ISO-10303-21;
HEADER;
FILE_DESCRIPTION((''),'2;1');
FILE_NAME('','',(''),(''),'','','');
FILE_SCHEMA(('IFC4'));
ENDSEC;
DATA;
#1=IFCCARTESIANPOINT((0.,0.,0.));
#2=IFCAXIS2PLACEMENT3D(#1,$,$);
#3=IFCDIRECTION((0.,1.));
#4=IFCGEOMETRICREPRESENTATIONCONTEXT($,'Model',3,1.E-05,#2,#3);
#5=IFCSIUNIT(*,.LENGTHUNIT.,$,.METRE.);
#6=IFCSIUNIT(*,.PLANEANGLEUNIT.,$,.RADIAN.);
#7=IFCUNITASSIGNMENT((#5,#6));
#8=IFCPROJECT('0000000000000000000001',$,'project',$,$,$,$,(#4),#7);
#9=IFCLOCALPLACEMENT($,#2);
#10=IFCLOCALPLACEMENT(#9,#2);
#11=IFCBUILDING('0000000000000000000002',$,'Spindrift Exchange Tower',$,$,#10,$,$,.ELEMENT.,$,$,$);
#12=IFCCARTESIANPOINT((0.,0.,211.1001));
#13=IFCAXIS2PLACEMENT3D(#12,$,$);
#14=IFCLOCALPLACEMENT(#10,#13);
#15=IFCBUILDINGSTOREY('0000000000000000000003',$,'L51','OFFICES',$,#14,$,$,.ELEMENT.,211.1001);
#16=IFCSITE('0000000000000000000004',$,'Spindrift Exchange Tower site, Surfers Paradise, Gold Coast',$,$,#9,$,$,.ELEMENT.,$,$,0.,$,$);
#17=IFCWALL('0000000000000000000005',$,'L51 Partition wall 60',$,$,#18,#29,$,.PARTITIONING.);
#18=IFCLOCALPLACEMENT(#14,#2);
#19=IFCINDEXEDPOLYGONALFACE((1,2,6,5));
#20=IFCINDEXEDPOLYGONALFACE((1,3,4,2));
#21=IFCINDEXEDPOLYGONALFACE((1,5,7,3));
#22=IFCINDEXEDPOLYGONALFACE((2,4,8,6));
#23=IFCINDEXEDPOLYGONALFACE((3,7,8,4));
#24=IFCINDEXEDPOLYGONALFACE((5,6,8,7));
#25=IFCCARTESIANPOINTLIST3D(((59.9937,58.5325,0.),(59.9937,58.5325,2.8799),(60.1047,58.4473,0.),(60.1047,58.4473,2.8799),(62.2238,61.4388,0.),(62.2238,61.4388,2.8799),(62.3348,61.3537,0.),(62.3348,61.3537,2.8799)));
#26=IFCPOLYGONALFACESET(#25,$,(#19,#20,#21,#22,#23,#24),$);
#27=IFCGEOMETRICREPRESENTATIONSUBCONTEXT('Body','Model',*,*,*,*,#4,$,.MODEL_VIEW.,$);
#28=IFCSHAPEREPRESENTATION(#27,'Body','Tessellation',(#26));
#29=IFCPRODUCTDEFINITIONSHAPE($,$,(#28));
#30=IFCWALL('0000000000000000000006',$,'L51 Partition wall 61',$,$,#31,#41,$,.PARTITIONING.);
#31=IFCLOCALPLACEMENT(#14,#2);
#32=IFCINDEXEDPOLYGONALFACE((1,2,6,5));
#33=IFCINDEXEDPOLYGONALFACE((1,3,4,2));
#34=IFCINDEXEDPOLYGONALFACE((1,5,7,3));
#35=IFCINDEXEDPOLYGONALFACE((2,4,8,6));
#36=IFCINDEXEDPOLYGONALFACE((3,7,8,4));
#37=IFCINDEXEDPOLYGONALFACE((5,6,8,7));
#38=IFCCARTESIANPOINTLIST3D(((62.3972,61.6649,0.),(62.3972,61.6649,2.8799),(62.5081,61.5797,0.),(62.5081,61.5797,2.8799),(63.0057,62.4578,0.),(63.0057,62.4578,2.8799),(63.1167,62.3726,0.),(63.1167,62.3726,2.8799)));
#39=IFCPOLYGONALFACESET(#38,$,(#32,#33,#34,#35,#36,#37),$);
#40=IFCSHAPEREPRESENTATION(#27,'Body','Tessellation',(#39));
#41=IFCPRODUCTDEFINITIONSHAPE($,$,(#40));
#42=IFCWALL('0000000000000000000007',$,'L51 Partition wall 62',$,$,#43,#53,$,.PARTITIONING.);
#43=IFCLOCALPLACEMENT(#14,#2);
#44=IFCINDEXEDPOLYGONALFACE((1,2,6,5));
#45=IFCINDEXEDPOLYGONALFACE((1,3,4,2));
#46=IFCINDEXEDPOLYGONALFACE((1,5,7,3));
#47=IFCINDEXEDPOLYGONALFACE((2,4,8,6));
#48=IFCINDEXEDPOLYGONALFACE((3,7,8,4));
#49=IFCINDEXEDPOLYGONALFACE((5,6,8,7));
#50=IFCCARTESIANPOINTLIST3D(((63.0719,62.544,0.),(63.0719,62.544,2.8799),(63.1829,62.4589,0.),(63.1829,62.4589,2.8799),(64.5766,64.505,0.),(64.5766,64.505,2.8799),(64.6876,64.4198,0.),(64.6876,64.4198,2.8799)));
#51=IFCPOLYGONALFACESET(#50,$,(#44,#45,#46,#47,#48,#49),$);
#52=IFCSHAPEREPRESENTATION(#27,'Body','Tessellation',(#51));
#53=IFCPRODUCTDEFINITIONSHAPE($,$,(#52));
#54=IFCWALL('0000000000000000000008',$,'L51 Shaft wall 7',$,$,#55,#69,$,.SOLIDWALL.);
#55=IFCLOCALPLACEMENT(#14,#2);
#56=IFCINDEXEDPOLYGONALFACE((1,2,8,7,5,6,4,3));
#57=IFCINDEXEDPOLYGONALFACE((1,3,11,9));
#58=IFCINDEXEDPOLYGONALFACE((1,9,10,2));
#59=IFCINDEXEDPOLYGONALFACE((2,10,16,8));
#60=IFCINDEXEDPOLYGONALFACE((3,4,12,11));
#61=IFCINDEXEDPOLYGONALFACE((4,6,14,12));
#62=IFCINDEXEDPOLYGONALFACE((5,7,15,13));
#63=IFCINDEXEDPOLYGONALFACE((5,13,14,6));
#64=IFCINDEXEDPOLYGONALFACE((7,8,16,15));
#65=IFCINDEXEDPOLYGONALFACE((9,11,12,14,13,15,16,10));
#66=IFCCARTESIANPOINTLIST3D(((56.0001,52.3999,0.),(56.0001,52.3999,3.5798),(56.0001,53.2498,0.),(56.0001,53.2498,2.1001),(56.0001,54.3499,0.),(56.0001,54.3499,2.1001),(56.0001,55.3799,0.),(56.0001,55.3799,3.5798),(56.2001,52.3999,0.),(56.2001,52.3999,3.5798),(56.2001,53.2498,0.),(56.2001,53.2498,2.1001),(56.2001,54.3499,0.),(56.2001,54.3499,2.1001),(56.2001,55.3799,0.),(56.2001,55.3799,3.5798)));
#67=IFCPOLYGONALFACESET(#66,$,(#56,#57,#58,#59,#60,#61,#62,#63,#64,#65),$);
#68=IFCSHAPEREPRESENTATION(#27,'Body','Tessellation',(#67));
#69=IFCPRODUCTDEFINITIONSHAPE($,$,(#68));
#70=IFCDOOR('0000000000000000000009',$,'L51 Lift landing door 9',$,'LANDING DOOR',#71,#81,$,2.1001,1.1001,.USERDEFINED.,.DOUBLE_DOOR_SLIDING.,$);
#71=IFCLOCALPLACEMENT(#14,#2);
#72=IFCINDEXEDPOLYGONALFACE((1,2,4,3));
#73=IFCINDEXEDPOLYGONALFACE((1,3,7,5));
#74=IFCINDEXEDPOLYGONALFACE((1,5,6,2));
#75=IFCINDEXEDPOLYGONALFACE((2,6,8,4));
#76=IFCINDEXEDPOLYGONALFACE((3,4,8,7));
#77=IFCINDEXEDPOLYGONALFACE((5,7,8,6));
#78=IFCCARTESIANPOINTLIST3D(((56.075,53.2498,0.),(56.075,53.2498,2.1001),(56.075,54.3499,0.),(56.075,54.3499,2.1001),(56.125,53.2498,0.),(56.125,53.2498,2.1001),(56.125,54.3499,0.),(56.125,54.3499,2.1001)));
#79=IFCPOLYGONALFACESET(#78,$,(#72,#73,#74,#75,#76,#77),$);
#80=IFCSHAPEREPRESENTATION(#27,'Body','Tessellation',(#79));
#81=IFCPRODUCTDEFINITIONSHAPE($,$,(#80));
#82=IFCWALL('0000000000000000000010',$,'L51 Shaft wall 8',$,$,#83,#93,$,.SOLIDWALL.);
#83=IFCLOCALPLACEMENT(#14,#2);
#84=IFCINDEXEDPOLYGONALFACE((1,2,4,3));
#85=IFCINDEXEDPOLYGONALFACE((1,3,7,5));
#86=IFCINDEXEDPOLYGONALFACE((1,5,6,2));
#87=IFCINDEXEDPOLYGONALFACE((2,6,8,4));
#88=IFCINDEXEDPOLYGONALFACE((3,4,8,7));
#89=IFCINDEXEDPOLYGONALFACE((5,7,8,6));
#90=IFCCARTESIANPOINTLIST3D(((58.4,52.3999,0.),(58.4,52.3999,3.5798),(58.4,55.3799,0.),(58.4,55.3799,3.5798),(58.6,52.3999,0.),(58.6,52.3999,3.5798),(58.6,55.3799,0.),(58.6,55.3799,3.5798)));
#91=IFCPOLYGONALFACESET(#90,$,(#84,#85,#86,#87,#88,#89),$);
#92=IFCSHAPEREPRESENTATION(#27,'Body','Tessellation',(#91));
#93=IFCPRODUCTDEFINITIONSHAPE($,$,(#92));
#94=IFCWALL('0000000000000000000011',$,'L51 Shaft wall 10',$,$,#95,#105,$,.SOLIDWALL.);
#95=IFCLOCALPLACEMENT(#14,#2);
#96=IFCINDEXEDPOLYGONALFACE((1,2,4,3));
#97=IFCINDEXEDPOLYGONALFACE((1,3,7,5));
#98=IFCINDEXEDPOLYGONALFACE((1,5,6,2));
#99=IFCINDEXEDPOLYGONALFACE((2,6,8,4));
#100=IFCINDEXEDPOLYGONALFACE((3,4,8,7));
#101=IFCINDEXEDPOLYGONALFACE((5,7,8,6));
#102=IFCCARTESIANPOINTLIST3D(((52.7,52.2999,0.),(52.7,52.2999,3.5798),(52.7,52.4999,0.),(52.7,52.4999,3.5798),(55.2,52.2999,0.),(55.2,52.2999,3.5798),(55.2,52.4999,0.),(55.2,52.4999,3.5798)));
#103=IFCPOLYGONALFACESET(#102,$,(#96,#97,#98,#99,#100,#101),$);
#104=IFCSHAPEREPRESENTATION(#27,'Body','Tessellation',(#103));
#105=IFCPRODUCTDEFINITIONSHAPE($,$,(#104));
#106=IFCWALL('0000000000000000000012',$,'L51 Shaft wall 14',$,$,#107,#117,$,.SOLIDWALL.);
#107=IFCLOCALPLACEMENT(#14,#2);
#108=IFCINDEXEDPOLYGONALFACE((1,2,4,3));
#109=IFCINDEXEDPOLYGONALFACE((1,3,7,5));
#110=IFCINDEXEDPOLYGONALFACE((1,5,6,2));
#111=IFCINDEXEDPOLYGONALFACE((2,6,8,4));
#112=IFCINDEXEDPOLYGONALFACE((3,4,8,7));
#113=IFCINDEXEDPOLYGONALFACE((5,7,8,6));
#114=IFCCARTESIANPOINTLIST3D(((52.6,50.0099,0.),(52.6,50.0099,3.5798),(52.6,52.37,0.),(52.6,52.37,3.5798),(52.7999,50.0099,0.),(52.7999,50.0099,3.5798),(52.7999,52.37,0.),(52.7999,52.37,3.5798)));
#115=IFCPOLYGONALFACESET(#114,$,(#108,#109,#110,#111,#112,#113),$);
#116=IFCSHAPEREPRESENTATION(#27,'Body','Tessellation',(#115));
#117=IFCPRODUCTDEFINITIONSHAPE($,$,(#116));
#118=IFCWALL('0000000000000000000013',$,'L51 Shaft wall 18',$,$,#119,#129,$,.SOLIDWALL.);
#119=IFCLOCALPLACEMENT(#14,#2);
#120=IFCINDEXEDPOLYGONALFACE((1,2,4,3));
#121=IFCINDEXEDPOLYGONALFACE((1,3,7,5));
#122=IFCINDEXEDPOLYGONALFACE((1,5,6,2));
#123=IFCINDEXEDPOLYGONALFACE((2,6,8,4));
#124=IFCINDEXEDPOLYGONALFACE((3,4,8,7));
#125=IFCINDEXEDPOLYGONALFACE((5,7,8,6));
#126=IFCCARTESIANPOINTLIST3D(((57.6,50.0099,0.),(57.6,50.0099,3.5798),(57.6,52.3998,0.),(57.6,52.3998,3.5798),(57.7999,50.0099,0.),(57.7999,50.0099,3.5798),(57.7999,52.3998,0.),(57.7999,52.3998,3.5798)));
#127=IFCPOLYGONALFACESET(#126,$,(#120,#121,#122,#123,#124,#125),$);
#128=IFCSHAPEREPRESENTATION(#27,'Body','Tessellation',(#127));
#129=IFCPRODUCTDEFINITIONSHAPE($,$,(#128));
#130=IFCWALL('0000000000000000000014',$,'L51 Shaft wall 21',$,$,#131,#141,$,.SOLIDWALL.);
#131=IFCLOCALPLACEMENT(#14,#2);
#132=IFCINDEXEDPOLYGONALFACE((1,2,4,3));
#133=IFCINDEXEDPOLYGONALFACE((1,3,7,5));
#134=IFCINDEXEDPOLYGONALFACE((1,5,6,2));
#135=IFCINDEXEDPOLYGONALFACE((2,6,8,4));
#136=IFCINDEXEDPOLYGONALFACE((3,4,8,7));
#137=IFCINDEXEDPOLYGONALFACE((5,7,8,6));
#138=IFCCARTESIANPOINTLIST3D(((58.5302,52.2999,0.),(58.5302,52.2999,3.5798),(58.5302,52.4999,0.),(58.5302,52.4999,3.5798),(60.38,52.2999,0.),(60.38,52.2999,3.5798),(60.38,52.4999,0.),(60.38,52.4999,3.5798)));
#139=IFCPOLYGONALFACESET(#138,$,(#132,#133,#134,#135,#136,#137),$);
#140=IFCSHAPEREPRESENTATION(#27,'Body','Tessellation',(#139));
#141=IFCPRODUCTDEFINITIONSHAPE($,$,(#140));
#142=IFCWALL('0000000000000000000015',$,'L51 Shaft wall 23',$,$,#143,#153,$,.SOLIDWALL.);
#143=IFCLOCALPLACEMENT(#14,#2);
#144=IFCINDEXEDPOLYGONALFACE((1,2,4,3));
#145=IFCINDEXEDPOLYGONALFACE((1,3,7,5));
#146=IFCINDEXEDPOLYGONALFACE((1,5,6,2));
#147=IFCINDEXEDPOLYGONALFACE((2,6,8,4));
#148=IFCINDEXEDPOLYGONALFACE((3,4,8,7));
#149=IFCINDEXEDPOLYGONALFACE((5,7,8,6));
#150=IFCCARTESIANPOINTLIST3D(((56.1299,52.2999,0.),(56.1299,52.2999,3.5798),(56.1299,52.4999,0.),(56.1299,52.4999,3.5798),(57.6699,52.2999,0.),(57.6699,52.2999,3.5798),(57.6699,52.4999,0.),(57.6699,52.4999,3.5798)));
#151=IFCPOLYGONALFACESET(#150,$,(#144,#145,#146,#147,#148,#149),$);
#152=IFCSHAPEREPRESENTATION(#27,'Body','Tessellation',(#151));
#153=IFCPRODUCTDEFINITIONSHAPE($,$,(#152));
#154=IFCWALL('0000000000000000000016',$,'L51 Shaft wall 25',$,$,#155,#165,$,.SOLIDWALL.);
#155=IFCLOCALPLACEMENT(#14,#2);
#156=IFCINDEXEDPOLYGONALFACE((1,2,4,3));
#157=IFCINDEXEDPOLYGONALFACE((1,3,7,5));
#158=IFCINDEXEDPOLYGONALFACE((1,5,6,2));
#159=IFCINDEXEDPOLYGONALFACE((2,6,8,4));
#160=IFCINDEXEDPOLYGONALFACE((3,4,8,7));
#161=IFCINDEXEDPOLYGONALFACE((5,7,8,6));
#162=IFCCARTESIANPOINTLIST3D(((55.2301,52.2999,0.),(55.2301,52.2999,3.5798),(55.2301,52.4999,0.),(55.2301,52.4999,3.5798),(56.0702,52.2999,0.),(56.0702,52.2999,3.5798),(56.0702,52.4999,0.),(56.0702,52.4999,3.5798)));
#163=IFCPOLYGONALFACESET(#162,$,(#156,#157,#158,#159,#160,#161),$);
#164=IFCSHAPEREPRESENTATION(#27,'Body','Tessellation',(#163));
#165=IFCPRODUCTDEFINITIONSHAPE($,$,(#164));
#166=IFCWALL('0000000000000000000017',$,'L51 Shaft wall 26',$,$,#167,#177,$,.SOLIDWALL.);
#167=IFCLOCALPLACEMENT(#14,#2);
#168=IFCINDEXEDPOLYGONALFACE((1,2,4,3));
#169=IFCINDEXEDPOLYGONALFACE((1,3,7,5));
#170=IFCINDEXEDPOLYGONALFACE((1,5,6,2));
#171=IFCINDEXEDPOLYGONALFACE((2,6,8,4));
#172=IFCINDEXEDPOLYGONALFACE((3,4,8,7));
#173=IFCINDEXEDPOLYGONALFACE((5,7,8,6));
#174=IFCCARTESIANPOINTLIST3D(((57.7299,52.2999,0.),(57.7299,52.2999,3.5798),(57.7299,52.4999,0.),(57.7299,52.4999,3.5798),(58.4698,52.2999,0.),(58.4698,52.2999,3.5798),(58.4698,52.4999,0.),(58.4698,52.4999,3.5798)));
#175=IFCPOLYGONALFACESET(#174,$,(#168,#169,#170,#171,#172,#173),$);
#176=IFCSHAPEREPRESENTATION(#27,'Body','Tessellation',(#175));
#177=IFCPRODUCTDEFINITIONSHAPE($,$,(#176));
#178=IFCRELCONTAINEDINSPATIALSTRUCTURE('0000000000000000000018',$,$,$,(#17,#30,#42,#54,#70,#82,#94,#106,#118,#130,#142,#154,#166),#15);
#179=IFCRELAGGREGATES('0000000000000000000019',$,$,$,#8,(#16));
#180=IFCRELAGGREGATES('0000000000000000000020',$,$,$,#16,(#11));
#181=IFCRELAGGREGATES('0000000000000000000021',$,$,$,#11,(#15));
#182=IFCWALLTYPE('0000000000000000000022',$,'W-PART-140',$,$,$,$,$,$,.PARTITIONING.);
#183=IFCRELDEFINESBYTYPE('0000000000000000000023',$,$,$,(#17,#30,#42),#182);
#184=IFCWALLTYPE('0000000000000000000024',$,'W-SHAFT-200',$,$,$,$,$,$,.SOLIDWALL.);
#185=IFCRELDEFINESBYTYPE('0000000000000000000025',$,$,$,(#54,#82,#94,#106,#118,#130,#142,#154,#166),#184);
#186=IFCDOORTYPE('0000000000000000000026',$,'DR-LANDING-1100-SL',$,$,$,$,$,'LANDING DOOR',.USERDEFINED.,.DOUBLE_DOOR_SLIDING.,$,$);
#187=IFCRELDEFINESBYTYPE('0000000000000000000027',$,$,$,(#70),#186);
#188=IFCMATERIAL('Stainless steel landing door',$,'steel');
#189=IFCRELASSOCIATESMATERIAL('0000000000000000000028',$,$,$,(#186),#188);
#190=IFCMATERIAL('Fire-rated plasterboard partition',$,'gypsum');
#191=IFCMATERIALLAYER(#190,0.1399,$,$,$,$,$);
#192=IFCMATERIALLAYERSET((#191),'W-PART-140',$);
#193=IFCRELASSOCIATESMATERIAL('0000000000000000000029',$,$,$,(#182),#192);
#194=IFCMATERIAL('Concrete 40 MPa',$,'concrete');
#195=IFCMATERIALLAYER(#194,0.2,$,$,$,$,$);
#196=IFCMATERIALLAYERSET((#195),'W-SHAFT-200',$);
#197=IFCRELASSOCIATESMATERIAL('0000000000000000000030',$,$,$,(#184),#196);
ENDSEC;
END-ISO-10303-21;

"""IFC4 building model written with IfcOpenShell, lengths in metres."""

from ifc_helpers import new_model, si_unit, direction, frame, frame_2d, origin, place, context, subcontext, project, spatial, rectangle, extrude, source, transform, mapped, material, layer, layer_set, type_object, element, fill, save


model = new_model("IFC4")

# Units and contexts
model_context = context("Model", 3, precision=1e-05, world=origin(), true_north=direction((0.0, 1.0)))
body_context = subcontext(model_context, "Body", "Model", "MODEL_VIEW")
ifc_project = project(units=[si_unit("LENGTHUNIT", "METRE"), si_unit("PLANEANGLEUNIT", "RADIAN")], contexts=[model_context])

# Site, building, storey
site_placement = place(None, origin())
site = spatial("IfcSite", under=ifc_project, at=site_placement, Name="Spindrift Exchange Tower site, Surfers Paradise, Gold Coast", CompositionType="ELEMENT", RefElevation=0.0)
building_placement = place(site_placement, origin())
building = spatial("IfcBuilding", under=site, at=building_placement, Name="Spindrift Exchange Tower", CompositionType="ELEMENT")
storey_placement = place(building_placement, frame((0.0, 0.0, 211.1001)))
storey = spatial("IfcBuildingStorey", under=building, at=storey_placement, Name="L51", Description="OFFICES", CompositionType="ELEMENT", Elevation=211.1001)

# Shared definitions
ifc_material_1 = material(Name="Stainless steel landing door", Category="steel")
door_type_1 = type_object("IfcDoorType", Name="DR-LANDING-1100-SL", ElementType="LANDING DOOR", OperationType="DOUBLE_DOOR_SLIDING", PredefinedType="USERDEFINED", material=ifc_material_1)
shared_shape_1 = source(origin(), body_context, "Body", "SweptSolid", [
    extrude(rectangle(XDim=1.1001, YDim=2.1001, at=frame_2d((0.55, 1.05))), frame((0.0, 0.0249, 0.0), z_axis=(0.0, -1.0, 0.0), x_axis=(1.0, 0.0, 0.0)), (0.0, 0.0, 1.0), 0.05),
])

# Shared definitions
ifc_material_2 = material(Name="Fire-rated plasterboard partition", Category="gypsum")
ifc_layer_1 = layer(ifc_material_2, 0.1399)
ifc_layer_set_1 = layer_set([ifc_layer_1], Name="W-PART-140")
wall_type_1 = type_object("IfcWallType", Name="W-PART-140", PredefinedType="PARTITIONING", material=ifc_layer_set_1)

# Walls
wall_1_placement = place(storey_placement, frame((60.0493, 58.49, 0.0), z_axis=(0.0, 0.0, 1.0), x_axis=(0.608751, 0.793362, 0.0)))
element("IfcWall", 1, at=wall_1_placement, inside=storey, type_object=wall_type_1, Name="L51 Partition wall 60", PredefinedType="PARTITIONING", context=body_context, shape_type="SweptSolid", body=[
    extrude(rectangle(XDim=3.6633, YDim=0.1399, at=frame_2d((1.8315, 0.0))), origin(), (0.0, 0.0, 1.0), 2.8799),
])
wall_2_placement = place(storey_placement, frame((62.4526, 61.6223, 0.0), z_axis=(0.0, 0.0, 1.0), x_axis=(0.608872, 0.793268, 0.0)))
element("IfcWall", 2, at=wall_2_placement, inside=storey, type_object=wall_type_1, Name="L51 Partition wall 61", PredefinedType="PARTITIONING", context=body_context, shape_type="SweptSolid", body=[
    extrude(rectangle(XDim=0.9995, YDim=0.1399, at=frame_2d((0.4998, 0.0))), origin(), (0.0, 0.0, 1.0), 2.8799),
])
wall_3_placement = place(storey_placement, frame((63.1274, 62.5015, 0.0), z_axis=(0.0, 0.0, 1.0), x_axis=(0.608751, 0.793361, 0.0)))
element("IfcWall", 3, at=wall_3_placement, inside=storey, type_object=wall_type_1, Name="L51 Partition wall 62", PredefinedType="PARTITIONING", context=body_context, shape_type="SweptSolid", body=[
    extrude(rectangle(XDim=2.4717, YDim=0.1399, at=frame_2d((1.2358, 0.0))), origin(), (0.0, 0.0, 1.0), 2.8799),
])

# Wall, opening, door
ifc_material_3 = material(Name="Concrete 40 MPa", Category="concrete")
ifc_layer_2 = layer(ifc_material_3, 0.2)
ifc_layer_set_2 = layer_set([ifc_layer_2], Name="W-SHAFT-200")
wall_type_2 = type_object("IfcWallType", Name="W-SHAFT-200", PredefinedType="SOLIDWALL", material=ifc_layer_set_2)
wall_4_placement = place(storey_placement, frame((56.1001, 55.3799, 0.0), z_axis=(0.0, 0.0, 1.0), x_axis=(0.0, -1.0, 0.0)))
wall_4 = element("IfcWall", 4, at=wall_4_placement, inside=storey, type_object=wall_type_2, Name="L51 Shaft wall 7", PredefinedType="SOLIDWALL", context=body_context, shape_type="SweptSolid", body=[
    extrude(rectangle(XDim=2.98, YDim=0.2, at=frame_2d((1.49, 0.0))), origin(), (0.0, 0.0, 1.0), 3.5798),
])
opening_1_placement = place(wall_4_placement, frame((1.03, 0.0, 0.0)))
opening_1 = element("IfcOpeningElement", 5, at=opening_1_placement, cuts=wall_4, PredefinedType="OPENING", context=body_context, shape_type="SweptSolid", body=[
    extrude(rectangle(XDim=1.1001, YDim=2.1001, at=frame_2d((0.55, 1.05))), frame((0.0, 0.1099, 0.0), z_axis=(0.0, -1.0, 0.0), x_axis=(1.0, 0.0, 0.0)), (0.0, 0.0, 1.0), 0.22),
])
door_1_placement = place(opening_1_placement, origin())
door_1 = element("IfcDoor", 6, at=door_1_placement, inside=storey, type_object=door_type_1, Name="L51 Lift landing door 9", ObjectType="LANDING DOOR", OperationType="DOUBLE_DOOR_SLIDING", OverallHeight=2.1001, OverallWidth=1.1001, PredefinedType="USERDEFINED", context=body_context, shape_type="MappedRepresentation", body=[
    mapped(shared_shape_1, transform((0.0, 0.0, 0.0), scale=1.0)),
])
fill(opening_1, door_1)

# Walls
wall_5_placement = place(storey_placement, frame((58.5, 52.3999, 0.0), z_axis=(0.0, 0.0, 1.0), x_axis=(0.0, 1.0, 0.0)))
element("IfcWall", 7, at=wall_5_placement, inside=storey, type_object=wall_type_2, Name="L51 Shaft wall 8", PredefinedType="SOLIDWALL", context=body_context, shape_type="SweptSolid", body=[
    extrude(rectangle(XDim=2.98, YDim=0.2, at=frame_2d((1.49, 0.0))), origin(), (0.0, 0.0, 1.0), 3.5798),
])
wall_6_placement = place(storey_placement, frame((55.2, 52.3999, 0.0), z_axis=(0.0, 0.0, 1.0), x_axis=(-1.0, 0.0, 0.0)))
element("IfcWall", 8, at=wall_6_placement, inside=storey, type_object=wall_type_2, Name="L51 Shaft wall 10", PredefinedType="SOLIDWALL", context=body_context, shape_type="SweptSolid", body=[
    extrude(rectangle(XDim=2.5, YDim=0.2, at=frame_2d((1.25, 0.0))), origin(), (0.0, 0.0, 1.0), 3.5798),
])
wall_7_placement = place(storey_placement, frame((52.7, 52.3701, 0.0), z_axis=(0.0, 0.0, 1.0), x_axis=(0.0, -1.0, 0.0)))
element("IfcWall", 9, at=wall_7_placement, inside=storey, type_object=wall_type_2, Name="L51 Shaft wall 14", PredefinedType="SOLIDWALL", context=body_context, shape_type="SweptSolid", body=[
    extrude(rectangle(XDim=2.3601, YDim=0.2, at=frame_2d((1.1802, 0.0))), origin(), (0.0, 0.0, 1.0), 3.5798),
])
wall_8_placement = place(storey_placement, frame((57.7, 50.01, 0.0), z_axis=(0.0, 0.0, 1.0), x_axis=(0.0, 1.0, 0.0)))
element("IfcWall", 10, at=wall_8_placement, inside=storey, type_object=wall_type_2, Name="L51 Shaft wall 18", PredefinedType="SOLIDWALL", context=body_context, shape_type="SweptSolid", body=[
    extrude(rectangle(XDim=2.3899, YDim=0.2, at=frame_2d((1.1948, 0.0))), origin(), (0.0, 0.0, 1.0), 3.5798),
])
wall_9_placement = place(storey_placement, frame((60.3799, 52.3999, 0.0), z_axis=(0.0, 0.0, 1.0), x_axis=(-1.0, 0.0, 0.0)))
element("IfcWall", 11, at=wall_9_placement, inside=storey, type_object=wall_type_2, Name="L51 Shaft wall 21", PredefinedType="SOLIDWALL", context=body_context, shape_type="SweptSolid", body=[
    extrude(rectangle(XDim=1.8499, YDim=0.2, at=frame_2d((0.9248, 0.0))), origin(), (0.0, 0.0, 1.0), 3.5798),
])
wall_10_placement = place(storey_placement, frame((57.6699, 52.3999, 0.0), z_axis=(0.0, 0.0, 1.0), x_axis=(-1.0, 0.0, 0.0)))
element("IfcWall", 12, at=wall_10_placement, inside=storey, type_object=wall_type_2, Name="L51 Shaft wall 23", PredefinedType="SOLIDWALL", context=body_context, shape_type="SweptSolid", body=[
    extrude(rectangle(XDim=1.54, YDim=0.2, at=frame_2d((0.77, 0.0))), origin(), (0.0, 0.0, 1.0), 3.5798),
])
wall_11_placement = place(storey_placement, frame((56.0701, 52.3999, 0.0), z_axis=(0.0, 0.0, 1.0), x_axis=(-1.0, 0.0, 0.0)))
element("IfcWall", 13, at=wall_11_placement, inside=storey, type_object=wall_type_2, Name="L51 Shaft wall 25", PredefinedType="SOLIDWALL", context=body_context, shape_type="SweptSolid", body=[
    extrude(rectangle(XDim=0.8401, YDim=0.2, at=frame_2d((0.4199, 0.0))), origin(), (0.0, 0.0, 1.0), 3.5798),
])
wall_12_placement = place(storey_placement, frame((58.47, 52.3999, 0.0), z_axis=(0.0, 0.0, 1.0), x_axis=(-1.0, 0.0, 0.0)))
element("IfcWall", 14, at=wall_12_placement, inside=storey, type_object=wall_type_2, Name="L51 Shaft wall 26", PredefinedType="SOLIDWALL", context=body_context, shape_type="SweptSolid", body=[
    extrude(rectangle(XDim=0.74, YDim=0.2, at=frame_2d((0.3701, 0.0))), origin(), (0.0, 0.0, 1.0), 3.5798),
])

save(model, "model.ifc")
